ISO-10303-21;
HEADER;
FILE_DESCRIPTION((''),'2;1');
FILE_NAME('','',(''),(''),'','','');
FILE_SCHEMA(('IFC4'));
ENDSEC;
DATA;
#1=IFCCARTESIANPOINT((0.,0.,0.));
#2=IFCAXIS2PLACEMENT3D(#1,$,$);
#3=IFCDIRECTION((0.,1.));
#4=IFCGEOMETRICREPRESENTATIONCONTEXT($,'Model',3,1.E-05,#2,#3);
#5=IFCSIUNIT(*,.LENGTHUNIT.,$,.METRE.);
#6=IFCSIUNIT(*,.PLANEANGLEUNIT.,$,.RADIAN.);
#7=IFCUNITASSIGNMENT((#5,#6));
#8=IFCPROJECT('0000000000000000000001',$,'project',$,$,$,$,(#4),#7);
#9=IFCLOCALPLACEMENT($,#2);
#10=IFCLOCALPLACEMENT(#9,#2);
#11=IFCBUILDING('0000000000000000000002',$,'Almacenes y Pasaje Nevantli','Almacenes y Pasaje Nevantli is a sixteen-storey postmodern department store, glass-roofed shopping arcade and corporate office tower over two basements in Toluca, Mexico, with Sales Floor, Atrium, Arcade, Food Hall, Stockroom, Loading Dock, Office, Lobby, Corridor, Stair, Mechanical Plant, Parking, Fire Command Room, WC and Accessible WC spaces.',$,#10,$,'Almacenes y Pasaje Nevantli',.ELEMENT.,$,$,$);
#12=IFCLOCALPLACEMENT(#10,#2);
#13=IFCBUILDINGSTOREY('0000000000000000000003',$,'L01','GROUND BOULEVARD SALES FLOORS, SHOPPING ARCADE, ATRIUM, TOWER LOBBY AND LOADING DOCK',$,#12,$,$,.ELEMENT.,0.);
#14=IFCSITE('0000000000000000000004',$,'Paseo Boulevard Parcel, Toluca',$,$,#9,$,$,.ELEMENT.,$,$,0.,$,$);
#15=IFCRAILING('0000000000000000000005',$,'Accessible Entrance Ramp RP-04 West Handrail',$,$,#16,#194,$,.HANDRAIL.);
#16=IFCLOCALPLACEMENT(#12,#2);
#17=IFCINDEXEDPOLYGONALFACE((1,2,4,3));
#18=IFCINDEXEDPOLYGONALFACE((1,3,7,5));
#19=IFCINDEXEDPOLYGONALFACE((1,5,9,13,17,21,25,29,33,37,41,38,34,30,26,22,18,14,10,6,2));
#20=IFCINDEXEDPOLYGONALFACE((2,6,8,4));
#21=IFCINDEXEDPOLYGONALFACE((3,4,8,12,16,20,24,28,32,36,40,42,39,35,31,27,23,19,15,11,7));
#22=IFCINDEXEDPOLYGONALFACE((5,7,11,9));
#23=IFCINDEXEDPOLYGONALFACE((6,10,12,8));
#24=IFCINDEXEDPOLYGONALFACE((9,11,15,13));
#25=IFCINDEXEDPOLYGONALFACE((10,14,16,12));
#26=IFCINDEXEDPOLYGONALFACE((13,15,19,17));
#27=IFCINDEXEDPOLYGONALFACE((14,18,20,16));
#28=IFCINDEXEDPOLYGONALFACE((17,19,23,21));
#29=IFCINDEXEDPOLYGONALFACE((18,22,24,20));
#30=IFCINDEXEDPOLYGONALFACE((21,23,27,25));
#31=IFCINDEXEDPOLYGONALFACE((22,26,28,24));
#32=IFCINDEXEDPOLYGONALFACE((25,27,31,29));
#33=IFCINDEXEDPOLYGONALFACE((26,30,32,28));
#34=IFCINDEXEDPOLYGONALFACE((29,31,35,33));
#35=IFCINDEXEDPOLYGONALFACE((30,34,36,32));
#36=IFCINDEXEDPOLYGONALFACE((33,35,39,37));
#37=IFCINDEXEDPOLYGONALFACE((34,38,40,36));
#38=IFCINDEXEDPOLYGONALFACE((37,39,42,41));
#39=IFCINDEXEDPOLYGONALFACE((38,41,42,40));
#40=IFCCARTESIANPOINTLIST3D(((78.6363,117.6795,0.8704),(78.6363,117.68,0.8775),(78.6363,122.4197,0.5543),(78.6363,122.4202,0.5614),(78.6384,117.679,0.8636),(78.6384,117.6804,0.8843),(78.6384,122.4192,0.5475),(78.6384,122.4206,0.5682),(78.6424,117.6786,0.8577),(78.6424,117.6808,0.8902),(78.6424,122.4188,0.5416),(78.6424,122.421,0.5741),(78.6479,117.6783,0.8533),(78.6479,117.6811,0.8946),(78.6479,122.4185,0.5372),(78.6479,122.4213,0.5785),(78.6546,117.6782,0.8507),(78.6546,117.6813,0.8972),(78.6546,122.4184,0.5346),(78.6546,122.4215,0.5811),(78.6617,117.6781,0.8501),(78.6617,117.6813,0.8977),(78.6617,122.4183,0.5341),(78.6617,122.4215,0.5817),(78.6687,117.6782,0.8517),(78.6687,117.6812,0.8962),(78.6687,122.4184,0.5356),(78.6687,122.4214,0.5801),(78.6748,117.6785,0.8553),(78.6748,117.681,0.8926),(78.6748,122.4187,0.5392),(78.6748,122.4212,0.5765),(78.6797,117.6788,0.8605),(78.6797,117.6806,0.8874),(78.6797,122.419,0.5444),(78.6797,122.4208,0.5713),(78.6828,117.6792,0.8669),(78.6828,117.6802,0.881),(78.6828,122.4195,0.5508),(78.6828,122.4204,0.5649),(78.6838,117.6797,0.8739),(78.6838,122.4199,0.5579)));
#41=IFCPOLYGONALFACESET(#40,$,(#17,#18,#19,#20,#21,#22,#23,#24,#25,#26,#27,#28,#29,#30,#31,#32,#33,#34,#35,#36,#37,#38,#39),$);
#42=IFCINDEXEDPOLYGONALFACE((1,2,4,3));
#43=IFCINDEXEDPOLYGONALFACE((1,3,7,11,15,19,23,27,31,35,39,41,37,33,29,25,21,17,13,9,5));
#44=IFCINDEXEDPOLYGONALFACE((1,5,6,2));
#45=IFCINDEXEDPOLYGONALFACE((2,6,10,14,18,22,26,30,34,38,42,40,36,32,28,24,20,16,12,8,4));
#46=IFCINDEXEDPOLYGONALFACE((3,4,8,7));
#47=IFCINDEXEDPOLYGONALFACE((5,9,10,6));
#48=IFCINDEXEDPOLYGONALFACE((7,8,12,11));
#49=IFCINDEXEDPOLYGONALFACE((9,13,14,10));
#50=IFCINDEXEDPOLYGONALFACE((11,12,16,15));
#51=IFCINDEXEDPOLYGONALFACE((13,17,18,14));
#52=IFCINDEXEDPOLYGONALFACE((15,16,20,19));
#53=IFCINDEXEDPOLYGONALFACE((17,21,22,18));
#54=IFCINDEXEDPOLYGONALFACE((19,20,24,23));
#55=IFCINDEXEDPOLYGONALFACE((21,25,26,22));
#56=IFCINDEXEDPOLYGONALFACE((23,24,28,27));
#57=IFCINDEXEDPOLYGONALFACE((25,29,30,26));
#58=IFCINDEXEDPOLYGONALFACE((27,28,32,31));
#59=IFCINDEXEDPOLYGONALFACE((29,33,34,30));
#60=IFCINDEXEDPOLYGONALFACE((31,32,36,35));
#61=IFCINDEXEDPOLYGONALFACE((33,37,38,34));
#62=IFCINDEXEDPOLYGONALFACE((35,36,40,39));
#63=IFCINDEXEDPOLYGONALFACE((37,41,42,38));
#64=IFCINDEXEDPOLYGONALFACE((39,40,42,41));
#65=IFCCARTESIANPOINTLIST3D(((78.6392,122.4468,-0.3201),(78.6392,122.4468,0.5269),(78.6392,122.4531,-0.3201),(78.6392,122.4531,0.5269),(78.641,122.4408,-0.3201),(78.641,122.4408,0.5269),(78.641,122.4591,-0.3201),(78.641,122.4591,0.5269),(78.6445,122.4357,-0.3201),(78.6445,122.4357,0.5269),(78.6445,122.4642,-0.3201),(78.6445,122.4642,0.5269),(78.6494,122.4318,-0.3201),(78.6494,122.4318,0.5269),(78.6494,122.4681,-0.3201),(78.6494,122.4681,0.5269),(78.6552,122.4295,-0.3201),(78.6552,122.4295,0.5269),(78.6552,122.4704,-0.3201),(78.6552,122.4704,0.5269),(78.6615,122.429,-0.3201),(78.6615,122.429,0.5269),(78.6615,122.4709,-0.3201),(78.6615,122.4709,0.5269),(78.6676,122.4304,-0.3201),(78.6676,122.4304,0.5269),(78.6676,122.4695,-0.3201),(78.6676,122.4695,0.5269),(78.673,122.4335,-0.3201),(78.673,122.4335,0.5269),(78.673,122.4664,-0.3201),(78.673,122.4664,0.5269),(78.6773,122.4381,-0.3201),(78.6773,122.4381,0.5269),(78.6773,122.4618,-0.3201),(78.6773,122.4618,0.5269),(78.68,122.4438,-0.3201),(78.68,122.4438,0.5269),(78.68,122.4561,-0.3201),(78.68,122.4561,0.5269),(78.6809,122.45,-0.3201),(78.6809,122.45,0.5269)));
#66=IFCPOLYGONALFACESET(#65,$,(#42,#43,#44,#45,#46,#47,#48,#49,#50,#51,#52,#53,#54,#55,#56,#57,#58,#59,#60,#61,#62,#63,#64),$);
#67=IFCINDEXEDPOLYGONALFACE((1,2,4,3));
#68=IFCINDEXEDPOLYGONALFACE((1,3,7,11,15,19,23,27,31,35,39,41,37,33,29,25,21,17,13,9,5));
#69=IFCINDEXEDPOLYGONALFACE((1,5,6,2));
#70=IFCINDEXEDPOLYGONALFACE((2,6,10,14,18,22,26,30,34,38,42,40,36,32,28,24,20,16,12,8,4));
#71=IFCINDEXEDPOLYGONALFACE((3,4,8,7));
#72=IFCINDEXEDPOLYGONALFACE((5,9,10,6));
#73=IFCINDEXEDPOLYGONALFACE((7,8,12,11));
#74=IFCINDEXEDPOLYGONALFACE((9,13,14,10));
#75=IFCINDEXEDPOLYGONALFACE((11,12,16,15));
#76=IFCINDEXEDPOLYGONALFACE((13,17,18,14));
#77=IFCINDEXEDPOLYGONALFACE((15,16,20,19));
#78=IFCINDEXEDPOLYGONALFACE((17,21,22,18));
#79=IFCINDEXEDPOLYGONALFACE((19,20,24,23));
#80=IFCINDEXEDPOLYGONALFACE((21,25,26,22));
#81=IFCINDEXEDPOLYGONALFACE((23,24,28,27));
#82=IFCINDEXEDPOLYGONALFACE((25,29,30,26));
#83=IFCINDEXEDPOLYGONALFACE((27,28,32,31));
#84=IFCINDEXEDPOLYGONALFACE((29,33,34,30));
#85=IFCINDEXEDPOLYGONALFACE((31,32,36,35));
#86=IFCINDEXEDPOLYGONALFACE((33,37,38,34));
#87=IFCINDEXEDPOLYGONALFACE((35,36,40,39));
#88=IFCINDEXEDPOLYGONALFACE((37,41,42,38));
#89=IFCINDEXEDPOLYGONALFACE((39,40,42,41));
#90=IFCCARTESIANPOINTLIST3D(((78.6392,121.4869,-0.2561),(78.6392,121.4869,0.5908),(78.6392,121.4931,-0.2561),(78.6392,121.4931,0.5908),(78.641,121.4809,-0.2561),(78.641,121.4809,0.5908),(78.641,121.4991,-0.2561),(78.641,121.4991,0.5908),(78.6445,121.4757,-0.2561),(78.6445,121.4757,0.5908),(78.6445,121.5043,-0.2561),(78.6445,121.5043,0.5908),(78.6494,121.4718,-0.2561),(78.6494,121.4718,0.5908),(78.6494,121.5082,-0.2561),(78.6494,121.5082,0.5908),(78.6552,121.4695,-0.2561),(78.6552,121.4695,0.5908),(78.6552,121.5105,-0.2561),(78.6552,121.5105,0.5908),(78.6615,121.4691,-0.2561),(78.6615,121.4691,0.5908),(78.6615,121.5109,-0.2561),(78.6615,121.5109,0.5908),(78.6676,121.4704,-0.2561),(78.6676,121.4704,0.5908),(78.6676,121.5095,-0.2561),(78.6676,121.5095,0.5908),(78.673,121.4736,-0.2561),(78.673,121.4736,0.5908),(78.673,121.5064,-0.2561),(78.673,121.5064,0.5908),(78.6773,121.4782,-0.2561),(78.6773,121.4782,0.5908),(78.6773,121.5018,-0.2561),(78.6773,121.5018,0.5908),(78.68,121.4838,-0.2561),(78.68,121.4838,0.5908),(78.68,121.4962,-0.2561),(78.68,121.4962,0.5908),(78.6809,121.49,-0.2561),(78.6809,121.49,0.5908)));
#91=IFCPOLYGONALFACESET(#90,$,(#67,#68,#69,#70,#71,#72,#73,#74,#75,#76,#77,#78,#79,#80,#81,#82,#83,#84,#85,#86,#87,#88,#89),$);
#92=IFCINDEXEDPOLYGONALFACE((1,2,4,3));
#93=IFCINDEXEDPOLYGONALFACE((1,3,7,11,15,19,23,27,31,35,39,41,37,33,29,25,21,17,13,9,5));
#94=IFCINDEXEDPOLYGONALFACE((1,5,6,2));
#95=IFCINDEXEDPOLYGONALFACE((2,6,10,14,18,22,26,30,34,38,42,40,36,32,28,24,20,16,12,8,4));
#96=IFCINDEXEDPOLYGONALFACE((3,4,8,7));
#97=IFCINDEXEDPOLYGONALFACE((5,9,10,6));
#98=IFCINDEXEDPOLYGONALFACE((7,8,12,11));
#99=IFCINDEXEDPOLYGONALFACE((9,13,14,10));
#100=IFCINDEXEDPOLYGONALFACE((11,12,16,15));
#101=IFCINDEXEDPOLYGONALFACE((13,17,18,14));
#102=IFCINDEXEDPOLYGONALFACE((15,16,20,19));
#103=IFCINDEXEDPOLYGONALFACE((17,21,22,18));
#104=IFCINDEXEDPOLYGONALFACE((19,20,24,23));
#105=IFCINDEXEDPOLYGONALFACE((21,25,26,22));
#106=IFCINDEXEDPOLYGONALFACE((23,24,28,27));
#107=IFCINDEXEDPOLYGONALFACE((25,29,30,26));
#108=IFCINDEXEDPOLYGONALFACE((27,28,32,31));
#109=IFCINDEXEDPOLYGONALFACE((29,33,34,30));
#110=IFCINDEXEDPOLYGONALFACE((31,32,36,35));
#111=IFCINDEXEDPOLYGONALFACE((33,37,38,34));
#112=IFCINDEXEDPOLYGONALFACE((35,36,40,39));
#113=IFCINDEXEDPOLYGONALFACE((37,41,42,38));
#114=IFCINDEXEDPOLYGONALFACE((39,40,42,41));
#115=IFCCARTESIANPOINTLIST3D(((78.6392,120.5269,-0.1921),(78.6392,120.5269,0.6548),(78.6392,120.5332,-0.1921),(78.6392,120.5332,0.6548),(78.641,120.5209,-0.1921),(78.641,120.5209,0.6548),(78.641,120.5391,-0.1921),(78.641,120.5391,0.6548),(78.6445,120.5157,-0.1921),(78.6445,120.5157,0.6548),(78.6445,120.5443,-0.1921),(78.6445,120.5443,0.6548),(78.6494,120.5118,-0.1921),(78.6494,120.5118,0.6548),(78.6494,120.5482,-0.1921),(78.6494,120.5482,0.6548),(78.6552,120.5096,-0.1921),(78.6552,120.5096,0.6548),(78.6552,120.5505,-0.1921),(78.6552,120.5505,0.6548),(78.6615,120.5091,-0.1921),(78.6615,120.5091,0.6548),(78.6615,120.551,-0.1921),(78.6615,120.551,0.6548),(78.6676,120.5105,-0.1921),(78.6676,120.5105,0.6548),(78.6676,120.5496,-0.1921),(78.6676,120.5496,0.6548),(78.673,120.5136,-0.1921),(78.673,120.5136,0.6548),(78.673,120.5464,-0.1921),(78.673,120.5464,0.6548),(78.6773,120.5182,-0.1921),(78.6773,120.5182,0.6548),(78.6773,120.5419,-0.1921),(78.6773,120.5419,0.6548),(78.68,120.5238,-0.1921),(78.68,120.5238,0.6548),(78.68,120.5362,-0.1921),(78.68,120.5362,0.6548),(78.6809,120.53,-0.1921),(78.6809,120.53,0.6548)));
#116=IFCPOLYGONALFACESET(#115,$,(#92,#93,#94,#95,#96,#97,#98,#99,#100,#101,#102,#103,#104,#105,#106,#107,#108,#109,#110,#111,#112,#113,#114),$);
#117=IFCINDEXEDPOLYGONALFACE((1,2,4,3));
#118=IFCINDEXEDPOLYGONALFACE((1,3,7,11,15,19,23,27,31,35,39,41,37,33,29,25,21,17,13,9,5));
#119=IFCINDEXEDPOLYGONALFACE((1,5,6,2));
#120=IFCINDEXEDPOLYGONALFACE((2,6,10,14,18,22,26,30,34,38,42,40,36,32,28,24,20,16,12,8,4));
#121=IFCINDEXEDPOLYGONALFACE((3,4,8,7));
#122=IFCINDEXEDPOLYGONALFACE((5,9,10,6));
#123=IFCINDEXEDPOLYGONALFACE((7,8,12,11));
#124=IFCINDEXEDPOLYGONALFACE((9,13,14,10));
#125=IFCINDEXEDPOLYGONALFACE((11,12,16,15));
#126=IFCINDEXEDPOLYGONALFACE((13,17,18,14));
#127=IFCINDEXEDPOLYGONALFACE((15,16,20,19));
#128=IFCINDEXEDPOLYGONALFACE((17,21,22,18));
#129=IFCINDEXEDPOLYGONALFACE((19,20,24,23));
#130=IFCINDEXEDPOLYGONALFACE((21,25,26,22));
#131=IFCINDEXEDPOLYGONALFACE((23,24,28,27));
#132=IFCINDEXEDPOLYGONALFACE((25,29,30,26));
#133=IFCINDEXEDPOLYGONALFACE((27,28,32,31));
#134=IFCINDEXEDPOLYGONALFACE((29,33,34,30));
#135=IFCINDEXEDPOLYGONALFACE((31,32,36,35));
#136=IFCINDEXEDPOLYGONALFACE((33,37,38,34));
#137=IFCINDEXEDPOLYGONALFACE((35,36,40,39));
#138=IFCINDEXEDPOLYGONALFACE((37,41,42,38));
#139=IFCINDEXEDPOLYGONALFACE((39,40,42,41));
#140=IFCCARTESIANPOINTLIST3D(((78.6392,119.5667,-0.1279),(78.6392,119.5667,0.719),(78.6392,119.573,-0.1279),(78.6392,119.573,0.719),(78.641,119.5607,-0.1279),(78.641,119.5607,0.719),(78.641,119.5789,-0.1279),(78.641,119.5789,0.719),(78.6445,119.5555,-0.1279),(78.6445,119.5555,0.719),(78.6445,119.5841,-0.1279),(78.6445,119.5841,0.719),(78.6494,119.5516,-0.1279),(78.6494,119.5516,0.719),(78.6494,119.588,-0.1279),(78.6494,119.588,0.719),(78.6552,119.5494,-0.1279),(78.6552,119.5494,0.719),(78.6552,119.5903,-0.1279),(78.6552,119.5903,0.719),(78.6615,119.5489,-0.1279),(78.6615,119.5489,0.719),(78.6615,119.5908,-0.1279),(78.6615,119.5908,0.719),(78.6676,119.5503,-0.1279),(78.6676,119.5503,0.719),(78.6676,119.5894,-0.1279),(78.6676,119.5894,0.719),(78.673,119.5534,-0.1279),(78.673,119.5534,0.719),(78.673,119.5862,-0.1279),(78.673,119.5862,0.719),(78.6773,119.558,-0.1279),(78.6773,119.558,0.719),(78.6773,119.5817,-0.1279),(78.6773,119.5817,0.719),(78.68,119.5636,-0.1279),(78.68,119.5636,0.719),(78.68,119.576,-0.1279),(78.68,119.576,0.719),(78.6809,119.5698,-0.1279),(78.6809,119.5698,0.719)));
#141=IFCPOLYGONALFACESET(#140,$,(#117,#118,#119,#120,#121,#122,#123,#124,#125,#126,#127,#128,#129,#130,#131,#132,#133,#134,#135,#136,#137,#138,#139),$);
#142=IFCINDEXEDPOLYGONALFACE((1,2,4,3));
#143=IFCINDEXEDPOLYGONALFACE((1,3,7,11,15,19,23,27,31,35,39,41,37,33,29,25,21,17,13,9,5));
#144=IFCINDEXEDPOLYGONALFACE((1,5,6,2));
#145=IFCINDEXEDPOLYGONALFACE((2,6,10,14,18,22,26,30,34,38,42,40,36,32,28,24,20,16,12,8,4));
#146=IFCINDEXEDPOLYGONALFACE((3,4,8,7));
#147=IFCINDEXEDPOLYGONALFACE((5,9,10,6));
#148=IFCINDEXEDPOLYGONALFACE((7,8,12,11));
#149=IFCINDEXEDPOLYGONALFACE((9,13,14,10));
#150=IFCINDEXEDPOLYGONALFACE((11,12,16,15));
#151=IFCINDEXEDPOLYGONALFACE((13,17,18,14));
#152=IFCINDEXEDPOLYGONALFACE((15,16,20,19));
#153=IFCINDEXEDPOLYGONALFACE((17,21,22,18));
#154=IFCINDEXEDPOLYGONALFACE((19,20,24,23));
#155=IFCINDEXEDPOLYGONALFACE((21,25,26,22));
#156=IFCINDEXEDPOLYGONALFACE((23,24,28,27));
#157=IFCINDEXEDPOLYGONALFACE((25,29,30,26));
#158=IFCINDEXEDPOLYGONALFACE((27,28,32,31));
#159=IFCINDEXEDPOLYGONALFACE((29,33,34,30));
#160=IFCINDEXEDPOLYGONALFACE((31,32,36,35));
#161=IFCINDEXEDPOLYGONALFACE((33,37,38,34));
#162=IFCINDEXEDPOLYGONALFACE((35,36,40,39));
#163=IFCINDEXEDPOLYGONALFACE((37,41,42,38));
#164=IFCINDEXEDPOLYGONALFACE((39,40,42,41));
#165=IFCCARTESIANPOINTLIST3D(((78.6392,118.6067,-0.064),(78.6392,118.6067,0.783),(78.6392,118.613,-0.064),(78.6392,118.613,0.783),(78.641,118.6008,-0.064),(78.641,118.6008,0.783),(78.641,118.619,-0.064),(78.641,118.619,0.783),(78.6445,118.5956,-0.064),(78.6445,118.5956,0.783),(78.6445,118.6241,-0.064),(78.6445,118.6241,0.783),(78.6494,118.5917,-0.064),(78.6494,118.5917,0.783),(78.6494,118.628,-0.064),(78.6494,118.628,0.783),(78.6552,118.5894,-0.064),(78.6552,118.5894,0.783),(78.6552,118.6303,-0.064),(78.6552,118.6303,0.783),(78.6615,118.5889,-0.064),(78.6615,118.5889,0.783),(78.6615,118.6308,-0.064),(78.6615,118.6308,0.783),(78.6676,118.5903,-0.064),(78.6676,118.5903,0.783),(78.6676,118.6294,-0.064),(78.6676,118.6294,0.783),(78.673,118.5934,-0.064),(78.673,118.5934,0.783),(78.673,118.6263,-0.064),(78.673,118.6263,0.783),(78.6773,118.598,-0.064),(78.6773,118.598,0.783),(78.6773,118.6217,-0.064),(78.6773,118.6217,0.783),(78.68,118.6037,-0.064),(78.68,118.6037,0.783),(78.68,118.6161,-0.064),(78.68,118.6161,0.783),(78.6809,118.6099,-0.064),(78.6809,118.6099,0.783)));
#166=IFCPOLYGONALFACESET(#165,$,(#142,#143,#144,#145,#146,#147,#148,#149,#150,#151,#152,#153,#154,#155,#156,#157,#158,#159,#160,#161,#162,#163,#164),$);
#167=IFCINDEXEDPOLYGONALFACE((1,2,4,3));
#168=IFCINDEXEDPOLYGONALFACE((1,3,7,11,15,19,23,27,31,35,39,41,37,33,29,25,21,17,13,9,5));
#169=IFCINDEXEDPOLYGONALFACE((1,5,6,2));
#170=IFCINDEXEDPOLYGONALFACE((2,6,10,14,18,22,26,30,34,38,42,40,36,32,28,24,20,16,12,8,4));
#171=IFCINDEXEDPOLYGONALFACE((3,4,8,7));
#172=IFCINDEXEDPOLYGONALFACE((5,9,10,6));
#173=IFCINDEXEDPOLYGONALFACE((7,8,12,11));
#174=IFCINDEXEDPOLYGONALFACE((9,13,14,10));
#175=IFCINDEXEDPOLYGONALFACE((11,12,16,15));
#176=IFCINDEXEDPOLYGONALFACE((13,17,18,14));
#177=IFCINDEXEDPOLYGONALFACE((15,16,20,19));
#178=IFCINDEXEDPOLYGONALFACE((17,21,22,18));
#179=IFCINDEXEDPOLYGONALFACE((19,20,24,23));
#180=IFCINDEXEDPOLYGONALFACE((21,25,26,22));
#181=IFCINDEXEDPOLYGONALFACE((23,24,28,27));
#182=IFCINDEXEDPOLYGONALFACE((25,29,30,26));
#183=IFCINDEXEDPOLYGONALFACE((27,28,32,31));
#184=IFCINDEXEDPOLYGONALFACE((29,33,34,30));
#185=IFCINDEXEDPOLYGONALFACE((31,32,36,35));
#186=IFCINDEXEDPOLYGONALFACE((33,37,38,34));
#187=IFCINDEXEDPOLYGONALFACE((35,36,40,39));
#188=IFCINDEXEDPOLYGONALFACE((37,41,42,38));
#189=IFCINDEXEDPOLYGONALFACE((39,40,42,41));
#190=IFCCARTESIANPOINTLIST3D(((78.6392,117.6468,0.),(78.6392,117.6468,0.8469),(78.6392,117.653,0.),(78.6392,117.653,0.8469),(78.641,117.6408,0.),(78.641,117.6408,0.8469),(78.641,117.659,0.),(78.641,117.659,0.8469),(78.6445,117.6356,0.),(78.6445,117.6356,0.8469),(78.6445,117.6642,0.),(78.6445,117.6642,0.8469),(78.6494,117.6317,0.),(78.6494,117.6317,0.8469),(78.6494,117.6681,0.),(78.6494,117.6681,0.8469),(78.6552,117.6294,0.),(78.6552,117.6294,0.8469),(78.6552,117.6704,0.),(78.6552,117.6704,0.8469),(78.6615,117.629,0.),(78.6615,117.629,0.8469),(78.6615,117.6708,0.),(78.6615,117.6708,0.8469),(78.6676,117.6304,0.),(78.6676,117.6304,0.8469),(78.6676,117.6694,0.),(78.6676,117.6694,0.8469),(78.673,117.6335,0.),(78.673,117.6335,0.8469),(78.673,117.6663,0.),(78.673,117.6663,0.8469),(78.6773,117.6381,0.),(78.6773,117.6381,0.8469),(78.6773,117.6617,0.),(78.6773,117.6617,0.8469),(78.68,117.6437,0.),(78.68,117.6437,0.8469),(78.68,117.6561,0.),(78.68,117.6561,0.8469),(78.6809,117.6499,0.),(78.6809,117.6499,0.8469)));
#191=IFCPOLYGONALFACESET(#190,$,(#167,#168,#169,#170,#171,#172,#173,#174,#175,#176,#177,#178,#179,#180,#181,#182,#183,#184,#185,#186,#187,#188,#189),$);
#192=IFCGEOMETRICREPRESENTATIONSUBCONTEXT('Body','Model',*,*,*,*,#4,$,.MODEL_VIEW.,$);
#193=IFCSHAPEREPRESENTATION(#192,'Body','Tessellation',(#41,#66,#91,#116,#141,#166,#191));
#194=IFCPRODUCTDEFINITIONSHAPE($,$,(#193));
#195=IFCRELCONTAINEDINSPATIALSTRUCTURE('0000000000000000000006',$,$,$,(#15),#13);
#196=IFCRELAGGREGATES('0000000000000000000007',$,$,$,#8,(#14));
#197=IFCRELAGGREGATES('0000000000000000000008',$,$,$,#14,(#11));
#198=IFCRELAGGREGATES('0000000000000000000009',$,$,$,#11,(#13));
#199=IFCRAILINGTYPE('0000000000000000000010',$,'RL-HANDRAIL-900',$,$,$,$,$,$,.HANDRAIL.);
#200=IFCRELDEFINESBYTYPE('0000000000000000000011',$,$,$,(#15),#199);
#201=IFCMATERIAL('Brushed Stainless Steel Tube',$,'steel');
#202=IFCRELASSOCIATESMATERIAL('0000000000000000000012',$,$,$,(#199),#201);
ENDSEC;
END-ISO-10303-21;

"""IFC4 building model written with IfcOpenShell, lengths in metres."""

from ifc_helpers import new_model, si_unit, direction, frame, origin, origin_2d, place, context, subcontext, project, spatial, circle, extrude, material, type_object, element, save


model = new_model("IFC4")

# Units and contexts
model_context = context("Model", 3, precision=1e-05, world=origin(), true_north=direction((0.0, 1.0)))
body_context = subcontext(model_context, "Body", "Model", "MODEL_VIEW")
ifc_project = project(units=[si_unit("LENGTHUNIT", "METRE"), si_unit("PLANEANGLEUNIT", "RADIAN")], contexts=[model_context])

# Site, building, storey
site_placement = place(None, origin())
site = spatial("IfcSite", under=ifc_project, at=site_placement, Name="Paseo Boulevard Parcel, Toluca", CompositionType="ELEMENT", RefElevation=0.0)
building_placement = place(site_placement, origin())
building = spatial("IfcBuilding", under=site, at=building_placement, Name="Almacenes y Pasaje Nevantli", Description="Almacenes y Pasaje Nevantli is a sixteen-storey postmodern department store, glass-roofed shopping arcade and corporate office tower over two basements in Toluca, Mexico, with Sales Floor, Atrium, Arcade, Food Hall, Stockroom, Loading Dock, Office, Lobby, Corridor, Stair, Mechanical Plant, Parking, Fire Command Room, WC and Accessible WC spaces.", LongName="Almacenes y Pasaje Nevantli", CompositionType="ELEMENT")
storey_placement = place(building_placement, origin())
storey = spatial("IfcBuildingStorey", under=building, at=storey_placement, Name="L01", Description="GROUND BOULEVARD SALES FLOORS, SHOPPING ARCADE, ATRIUM, TOWER LOBBY AND LOADING DOCK", CompositionType="ELEMENT", Elevation=0.0)

# Railing
ifc_material_1 = material(Name="Brushed Stainless Steel Tube", Category="steel")
railing_type = type_object("IfcRailingType", Name="RL-HANDRAIL-900", PredefinedType="HANDRAIL", material=ifc_material_1)
for number, where, name in (
    (1, (78.6599, 122.45, -0.3201), "Accessible Entrance Ramp RP-04 West Handrail"),
):
    element("IfcRailing", number, at=place(storey_placement, frame(where)), inside=storey, type_object=railing_type, Name=name, PredefinedType="HANDRAIL", context=body_context, shape_type="SweptSolid", body=[
        extrude(circle(Radius=0.0239, at=origin_2d()), frame((0.0, -0.03, 0.8779), z_axis=(0.0, -0.997784, 0.066532), x_axis=(1.0, 0.0, 0.0)), (0.0, 0.0, 1.0), 4.7507),
        extrude(circle(Radius=0.021, at=origin_2d()), origin(), (0.0, 0.0, 1.0), 0.8469),
        extrude(circle(Radius=0.021, at=origin_2d()), frame((0.0, -0.96, 0.064)), (0.0, 0.0, 1.0), 0.8469),
        extrude(circle(Radius=0.021, at=origin_2d()), frame((0.0, -1.9199, 0.1279)), (0.0, 0.0, 1.0), 0.8469),
        extrude(circle(Radius=0.021, at=origin_2d()), frame((0.0, -2.8801, 0.1921)), (0.0, 0.0, 1.0), 0.8469),
        extrude(circle(Radius=0.021, at=origin_2d()), frame((0.0, -3.8401, 0.2561)), (0.0, 0.0, 1.0), 0.8469),
        extrude(circle(Radius=0.021, at=origin_2d()), frame((0.0, -4.8, 0.3201)), (0.0, 0.0, 1.0), 0.8469),
    ])

save(model, "model.ifc")
